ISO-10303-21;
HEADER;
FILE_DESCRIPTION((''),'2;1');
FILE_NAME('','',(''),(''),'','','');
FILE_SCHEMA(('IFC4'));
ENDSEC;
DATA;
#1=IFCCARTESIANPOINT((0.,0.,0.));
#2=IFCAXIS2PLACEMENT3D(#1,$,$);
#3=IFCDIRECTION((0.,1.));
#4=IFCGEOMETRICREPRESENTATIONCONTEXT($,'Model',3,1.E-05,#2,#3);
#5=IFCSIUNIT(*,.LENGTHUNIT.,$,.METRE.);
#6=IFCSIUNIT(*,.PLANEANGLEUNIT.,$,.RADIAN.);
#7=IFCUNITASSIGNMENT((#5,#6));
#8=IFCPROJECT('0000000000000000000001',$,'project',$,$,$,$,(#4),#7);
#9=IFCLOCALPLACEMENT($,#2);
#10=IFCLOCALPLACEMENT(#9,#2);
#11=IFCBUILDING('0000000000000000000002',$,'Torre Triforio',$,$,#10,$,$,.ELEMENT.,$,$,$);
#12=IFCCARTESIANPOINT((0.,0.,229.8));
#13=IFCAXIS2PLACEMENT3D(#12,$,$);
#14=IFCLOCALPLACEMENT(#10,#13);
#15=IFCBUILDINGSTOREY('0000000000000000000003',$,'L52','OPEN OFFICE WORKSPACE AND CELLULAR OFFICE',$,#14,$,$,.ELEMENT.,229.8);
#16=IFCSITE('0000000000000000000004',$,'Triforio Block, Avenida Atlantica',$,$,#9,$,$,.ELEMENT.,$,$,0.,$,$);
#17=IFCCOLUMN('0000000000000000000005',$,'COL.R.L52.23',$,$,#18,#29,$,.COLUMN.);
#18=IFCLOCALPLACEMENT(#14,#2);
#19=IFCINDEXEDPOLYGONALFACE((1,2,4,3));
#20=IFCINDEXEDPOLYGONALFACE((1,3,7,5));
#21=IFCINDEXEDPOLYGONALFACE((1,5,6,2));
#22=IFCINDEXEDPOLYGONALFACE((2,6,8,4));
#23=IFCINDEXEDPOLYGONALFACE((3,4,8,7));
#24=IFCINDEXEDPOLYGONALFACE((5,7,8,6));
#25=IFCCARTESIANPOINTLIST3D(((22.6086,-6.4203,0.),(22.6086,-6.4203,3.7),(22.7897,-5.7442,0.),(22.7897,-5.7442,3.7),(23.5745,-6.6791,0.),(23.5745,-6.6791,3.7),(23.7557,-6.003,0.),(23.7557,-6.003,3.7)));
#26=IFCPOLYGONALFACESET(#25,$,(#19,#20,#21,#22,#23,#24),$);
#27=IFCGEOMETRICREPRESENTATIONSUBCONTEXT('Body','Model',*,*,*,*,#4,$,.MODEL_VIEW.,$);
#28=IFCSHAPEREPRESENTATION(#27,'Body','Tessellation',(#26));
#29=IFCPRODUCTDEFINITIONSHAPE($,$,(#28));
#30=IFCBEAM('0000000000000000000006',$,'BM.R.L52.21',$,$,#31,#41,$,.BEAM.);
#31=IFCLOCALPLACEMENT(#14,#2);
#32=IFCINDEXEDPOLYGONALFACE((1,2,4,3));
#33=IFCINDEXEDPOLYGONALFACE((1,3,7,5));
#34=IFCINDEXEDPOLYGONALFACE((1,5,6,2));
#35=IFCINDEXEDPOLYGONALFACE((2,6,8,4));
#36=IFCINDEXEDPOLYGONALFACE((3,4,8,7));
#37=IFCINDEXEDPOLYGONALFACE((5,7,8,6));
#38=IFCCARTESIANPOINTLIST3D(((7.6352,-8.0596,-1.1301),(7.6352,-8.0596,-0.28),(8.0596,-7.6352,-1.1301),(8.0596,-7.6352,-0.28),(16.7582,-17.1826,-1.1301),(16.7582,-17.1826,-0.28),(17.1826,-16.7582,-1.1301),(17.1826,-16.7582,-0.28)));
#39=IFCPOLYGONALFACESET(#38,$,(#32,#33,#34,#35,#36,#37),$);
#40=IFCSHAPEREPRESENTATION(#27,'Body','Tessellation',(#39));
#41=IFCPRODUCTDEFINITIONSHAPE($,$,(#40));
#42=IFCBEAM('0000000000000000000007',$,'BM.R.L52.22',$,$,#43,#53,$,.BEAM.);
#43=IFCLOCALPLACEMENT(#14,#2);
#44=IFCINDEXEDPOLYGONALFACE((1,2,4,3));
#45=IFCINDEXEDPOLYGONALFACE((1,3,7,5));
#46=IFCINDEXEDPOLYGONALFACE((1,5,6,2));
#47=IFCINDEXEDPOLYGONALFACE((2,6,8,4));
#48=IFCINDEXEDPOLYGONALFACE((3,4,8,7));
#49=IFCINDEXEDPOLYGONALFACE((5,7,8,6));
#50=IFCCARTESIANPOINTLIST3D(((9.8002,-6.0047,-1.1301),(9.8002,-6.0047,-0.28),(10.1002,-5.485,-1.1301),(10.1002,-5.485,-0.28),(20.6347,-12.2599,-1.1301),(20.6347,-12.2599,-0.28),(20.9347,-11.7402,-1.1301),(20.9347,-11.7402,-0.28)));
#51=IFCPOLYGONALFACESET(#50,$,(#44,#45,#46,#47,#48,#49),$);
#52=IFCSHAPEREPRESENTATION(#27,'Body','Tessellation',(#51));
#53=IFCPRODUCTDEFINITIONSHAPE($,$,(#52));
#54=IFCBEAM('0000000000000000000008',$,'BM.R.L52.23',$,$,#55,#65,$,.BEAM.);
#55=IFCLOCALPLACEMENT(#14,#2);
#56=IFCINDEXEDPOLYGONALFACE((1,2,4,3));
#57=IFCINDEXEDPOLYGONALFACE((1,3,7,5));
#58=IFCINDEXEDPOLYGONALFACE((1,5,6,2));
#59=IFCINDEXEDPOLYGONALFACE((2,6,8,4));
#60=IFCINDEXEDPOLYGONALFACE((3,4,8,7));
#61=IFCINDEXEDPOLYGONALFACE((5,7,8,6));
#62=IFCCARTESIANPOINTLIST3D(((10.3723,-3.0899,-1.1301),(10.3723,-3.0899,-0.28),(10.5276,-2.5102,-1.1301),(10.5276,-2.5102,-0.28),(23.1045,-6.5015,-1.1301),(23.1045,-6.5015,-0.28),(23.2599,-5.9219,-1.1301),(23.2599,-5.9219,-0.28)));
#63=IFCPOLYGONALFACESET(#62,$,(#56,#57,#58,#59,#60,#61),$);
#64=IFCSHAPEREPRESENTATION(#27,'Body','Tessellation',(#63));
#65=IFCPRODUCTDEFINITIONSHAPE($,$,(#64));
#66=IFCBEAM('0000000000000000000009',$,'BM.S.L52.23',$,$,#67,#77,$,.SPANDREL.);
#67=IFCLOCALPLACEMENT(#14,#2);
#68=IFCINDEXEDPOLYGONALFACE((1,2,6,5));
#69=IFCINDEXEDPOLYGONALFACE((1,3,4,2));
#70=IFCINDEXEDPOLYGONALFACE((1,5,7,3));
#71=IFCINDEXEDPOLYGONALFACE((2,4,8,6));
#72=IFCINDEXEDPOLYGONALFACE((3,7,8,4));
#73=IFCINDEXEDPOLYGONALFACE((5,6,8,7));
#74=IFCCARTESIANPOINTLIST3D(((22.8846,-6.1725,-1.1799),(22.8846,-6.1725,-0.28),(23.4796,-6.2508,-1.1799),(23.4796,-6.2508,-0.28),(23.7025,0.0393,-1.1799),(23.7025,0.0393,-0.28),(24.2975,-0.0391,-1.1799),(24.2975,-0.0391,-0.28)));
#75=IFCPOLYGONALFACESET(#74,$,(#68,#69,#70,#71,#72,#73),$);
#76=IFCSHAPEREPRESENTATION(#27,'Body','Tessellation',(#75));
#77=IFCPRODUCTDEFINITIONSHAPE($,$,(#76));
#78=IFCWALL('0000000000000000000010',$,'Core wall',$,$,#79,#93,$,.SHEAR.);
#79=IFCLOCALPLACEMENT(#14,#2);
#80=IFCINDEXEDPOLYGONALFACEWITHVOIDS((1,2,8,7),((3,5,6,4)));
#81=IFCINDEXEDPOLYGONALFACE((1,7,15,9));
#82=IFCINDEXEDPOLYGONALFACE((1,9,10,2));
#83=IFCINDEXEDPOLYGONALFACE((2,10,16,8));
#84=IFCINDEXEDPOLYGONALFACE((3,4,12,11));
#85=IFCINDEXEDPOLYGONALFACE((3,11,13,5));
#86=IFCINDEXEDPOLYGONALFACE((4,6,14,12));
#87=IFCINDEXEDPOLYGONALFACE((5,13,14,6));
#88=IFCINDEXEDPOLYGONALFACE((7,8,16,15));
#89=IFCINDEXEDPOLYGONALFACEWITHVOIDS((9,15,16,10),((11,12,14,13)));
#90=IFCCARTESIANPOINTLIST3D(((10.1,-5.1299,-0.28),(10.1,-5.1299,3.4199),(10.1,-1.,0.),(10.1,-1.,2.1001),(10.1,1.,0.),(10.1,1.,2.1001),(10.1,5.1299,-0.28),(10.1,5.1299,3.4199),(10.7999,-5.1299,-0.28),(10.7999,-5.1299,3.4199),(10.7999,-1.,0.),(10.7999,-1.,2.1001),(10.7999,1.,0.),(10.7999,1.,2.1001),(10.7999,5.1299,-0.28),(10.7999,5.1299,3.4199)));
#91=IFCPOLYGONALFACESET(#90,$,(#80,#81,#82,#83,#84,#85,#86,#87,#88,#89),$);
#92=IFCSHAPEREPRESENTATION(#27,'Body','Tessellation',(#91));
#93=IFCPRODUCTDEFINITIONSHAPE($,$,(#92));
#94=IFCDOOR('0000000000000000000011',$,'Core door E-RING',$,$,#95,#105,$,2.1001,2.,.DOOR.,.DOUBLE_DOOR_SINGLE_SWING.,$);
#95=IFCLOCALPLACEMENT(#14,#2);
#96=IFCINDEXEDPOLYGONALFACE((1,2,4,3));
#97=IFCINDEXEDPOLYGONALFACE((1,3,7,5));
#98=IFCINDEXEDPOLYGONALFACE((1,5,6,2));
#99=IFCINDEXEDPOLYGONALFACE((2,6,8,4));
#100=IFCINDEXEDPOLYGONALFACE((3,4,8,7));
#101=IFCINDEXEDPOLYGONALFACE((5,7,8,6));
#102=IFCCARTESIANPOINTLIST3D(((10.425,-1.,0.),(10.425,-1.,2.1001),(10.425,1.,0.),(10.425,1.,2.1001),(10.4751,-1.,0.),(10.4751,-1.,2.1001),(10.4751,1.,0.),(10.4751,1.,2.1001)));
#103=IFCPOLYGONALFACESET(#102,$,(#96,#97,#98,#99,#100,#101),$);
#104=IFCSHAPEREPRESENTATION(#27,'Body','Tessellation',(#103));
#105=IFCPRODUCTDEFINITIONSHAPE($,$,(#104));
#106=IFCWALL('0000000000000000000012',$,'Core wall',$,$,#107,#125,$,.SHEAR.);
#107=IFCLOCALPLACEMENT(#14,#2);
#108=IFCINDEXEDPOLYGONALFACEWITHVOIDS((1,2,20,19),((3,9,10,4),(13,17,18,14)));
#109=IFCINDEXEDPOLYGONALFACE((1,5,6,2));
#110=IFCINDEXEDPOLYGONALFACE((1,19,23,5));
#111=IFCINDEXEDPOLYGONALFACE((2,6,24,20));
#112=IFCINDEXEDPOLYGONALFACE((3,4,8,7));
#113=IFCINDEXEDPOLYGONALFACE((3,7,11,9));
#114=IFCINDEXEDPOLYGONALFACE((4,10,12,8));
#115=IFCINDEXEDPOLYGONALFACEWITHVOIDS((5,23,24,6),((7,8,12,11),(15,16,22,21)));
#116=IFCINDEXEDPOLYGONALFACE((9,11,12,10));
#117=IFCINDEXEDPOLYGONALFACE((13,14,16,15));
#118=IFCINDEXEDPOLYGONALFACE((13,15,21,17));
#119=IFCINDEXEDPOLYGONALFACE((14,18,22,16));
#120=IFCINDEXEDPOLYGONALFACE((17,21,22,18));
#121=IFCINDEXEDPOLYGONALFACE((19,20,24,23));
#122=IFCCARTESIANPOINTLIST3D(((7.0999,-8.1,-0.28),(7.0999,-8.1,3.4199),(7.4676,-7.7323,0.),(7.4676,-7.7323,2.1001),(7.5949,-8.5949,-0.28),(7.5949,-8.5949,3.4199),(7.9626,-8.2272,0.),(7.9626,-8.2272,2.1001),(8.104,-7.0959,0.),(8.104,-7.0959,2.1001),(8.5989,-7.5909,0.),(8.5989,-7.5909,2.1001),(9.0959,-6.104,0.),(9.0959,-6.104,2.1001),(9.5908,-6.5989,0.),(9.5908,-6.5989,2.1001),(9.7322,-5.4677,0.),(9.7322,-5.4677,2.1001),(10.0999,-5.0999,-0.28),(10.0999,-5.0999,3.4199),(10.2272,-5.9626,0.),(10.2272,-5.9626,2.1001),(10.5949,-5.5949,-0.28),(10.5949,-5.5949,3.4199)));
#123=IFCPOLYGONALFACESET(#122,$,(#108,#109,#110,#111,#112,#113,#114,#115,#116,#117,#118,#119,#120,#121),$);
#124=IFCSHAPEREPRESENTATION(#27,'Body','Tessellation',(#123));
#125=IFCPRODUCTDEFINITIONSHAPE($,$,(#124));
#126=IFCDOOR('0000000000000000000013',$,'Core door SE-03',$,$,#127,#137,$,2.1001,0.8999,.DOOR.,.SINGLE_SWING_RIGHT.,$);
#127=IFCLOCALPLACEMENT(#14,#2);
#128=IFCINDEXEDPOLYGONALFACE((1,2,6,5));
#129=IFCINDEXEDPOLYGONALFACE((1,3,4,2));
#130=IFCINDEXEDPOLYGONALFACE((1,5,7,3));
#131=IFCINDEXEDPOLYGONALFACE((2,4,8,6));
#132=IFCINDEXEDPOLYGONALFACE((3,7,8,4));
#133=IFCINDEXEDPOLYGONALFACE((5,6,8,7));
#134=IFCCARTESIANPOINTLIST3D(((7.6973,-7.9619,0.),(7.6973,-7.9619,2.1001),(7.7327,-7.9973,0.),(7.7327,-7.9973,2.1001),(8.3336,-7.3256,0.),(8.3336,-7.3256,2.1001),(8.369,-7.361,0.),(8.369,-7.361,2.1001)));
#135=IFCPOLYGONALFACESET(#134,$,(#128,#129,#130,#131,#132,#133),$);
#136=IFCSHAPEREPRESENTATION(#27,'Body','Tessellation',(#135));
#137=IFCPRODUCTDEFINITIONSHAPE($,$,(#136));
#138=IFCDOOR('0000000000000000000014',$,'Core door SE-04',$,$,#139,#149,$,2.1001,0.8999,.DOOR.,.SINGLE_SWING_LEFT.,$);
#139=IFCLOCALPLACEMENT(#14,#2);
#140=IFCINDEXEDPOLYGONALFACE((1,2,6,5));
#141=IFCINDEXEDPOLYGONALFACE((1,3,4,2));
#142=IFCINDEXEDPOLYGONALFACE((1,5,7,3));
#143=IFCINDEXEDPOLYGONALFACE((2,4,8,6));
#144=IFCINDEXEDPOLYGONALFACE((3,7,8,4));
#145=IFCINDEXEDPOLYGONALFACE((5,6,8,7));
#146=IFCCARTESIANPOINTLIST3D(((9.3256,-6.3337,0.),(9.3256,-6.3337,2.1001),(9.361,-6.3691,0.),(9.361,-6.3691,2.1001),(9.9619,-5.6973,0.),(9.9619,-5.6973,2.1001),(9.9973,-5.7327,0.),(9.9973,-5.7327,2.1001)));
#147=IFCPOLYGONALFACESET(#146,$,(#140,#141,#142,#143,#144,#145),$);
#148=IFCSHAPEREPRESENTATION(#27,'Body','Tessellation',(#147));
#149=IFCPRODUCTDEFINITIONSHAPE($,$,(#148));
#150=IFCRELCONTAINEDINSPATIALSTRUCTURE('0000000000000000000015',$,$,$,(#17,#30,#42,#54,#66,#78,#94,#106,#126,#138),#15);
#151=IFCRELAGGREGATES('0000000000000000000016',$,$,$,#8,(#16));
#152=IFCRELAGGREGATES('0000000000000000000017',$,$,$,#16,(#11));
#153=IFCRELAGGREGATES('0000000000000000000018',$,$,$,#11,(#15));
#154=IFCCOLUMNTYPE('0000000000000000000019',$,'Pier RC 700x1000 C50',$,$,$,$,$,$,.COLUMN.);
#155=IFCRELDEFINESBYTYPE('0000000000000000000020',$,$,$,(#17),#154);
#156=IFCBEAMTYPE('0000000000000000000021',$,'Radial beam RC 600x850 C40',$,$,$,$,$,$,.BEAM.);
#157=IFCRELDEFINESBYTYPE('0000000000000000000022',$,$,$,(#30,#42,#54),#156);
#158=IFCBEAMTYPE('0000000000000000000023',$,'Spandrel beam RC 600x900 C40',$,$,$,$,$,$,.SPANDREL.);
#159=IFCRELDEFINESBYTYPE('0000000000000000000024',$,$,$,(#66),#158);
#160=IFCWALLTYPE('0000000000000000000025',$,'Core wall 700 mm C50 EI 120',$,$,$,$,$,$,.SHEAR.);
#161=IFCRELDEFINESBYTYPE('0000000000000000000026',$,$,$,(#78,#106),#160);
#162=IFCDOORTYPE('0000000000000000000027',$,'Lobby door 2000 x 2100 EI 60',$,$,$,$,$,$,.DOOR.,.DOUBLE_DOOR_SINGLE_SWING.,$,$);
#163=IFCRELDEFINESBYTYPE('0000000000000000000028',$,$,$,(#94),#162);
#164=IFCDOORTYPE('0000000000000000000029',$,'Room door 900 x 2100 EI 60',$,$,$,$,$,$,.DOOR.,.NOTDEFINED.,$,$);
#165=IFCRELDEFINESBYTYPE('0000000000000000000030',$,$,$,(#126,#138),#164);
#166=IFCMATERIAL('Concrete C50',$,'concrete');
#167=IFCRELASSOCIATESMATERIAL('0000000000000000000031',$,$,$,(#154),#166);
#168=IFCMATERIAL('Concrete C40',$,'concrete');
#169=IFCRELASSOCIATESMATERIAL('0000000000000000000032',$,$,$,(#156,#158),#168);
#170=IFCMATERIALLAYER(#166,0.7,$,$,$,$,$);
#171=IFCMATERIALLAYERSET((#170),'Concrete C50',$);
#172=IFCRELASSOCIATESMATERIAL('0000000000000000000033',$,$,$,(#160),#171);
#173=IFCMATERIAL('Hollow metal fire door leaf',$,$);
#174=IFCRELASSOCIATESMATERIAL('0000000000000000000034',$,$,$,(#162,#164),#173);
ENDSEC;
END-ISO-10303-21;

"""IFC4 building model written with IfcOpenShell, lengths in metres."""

from ifc_helpers import new_model, si_unit, direction, frame, frame_2d, origin, origin_2d, place, context, subcontext, project, spatial, rectangle, extrude, material, layer, layer_set, material_profile, profile_set, type_object, element, fill, save


model = new_model("IFC4")

# Units and contexts
model_context = context("Model", 3, precision=1e-05, world=origin(), true_north=direction((0.0, 1.0)))
body_context = subcontext(model_context, "Body", "Model", "MODEL_VIEW")
ifc_project = project(units=[si_unit("LENGTHUNIT", "METRE"), si_unit("PLANEANGLEUNIT", "RADIAN")], contexts=[model_context])

# Site, building, storey
site_placement = place(None, origin())
site = spatial("IfcSite", under=ifc_project, at=site_placement, Name="Triforio Block, Avenida Atlantica", CompositionType="ELEMENT", RefElevation=0.0)
building_placement = place(site_placement, origin())
building = spatial("IfcBuilding", under=site, at=building_placement, Name="Torre Triforio", CompositionType="ELEMENT")
storey_placement = place(building_placement, frame((0.0, 0.0, 229.8)))
storey = spatial("IfcBuildingStorey", under=building, at=storey_placement, Name="L52", Description="OPEN OFFICE WORKSPACE AND CELLULAR OFFICE", CompositionType="ELEMENT", Elevation=229.8)

# Column
ifc_material_1 = material(Name="Concrete C50", Category="concrete")
ifc_material_profile_1 = material_profile(ifc_material_1, rectangle(XDim=0.7, YDim=1.0, at=origin_2d()), Name="RC 700x1000")
ifc_profile_set_1 = profile_set([ifc_material_profile_1], Name="Concrete C50")
column_type = type_object("IfcColumnType", Name="Pier RC 700x1000 C50", PredefinedType="COLUMN", material=ifc_profile_set_1)
column_placement = place(storey_placement, frame((23.1821, -6.2117, 0.0), z_axis=(0.0, 0.0, 1.0), x_axis=(0.258819, 0.965926, 0.0)))
element("IfcColumn", 1, at=column_placement, inside=storey, type_object=column_type, Name="COL.R.L52.23", PredefinedType="COLUMN", context=body_context, shape_type="SweptSolid", body=[
    extrude(rectangle(XDim=0.7, YDim=1.0, at=origin_2d()), origin(), (0.0, 0.0, 1.0), 3.7),
])

# Beams
ifc_material_2 = material(Name="Concrete C40", Category="concrete")
ifc_material_profile_2 = material_profile(ifc_material_2, rectangle(XDim=0.6001, YDim=0.8501, at=origin_2d()), Name="RC 600x850")
ifc_profile_set_2 = profile_set([ifc_material_profile_2], Name="Concrete C40")
beam_type_1 = type_object("IfcBeamType", Name="Radial beam RC 600x850 C40", PredefinedType="BEAM", material=ifc_profile_set_2)
beam_1_placement = place(storey_placement, frame((7.8474, -7.8474, -0.7051), z_axis=(0.707107, -0.707107, 0.0), x_axis=(0.707107, 0.707107, 0.0)))
element("IfcBeam", 2, at=beam_1_placement, inside=storey, type_object=beam_type_1, Name="BM.R.L52.21", PredefinedType="BEAM", context=body_context, shape_type="SweptSolid", body=[
    extrude(rectangle(XDim=0.6001, YDim=0.8501, at=origin_2d()), origin(), (0.0, 0.0, 1.0), 12.9019),
])
beam_2_placement = place(storey_placement, frame((9.9502, -5.7449, -0.7051), z_axis=(0.866031, -0.49999, 0.0), x_axis=(0.49999, 0.866031, 0.0)))
element("IfcBeam", 3, at=beam_2_placement, inside=storey, type_object=beam_type_1, Name="BM.R.L52.22", PredefinedType="BEAM", context=body_context, shape_type="SweptSolid", body=[
    extrude(rectangle(XDim=0.6001, YDim=0.8501, at=origin_2d()), origin(), (0.0, 0.0, 1.0), 12.5105),
])
beam_3_placement = place(storey_placement, frame((10.45, -2.8, -0.7051), z_axis=(0.965925, -0.258822, 0.0), x_axis=(0.258822, 0.965925, 0.0)))
element("IfcBeam", 4, at=beam_3_placement, inside=storey, type_object=beam_type_1, Name="BM.R.L52.23", PredefinedType="BEAM", context=body_context, shape_type="SweptSolid", body=[
    extrude(rectangle(XDim=0.6001, YDim=0.8501, at=origin_2d()), origin(), (0.0, 0.0, 1.0), 13.1814),
])
ifc_material_profile_3 = material_profile(ifc_material_2, rectangle(XDim=0.6001, YDim=0.8999, at=origin_2d()), Name="RC 600x900")
ifc_profile_set_3 = profile_set([ifc_material_profile_3], Name="Concrete C40")
beam_type_2 = type_object("IfcBeamType", Name="Spandrel beam RC 600x900 C40", PredefinedType="SPANDREL", material=ifc_profile_set_3)
beam_4_placement = place(storey_placement, frame((23.1821, -6.2117, -0.73), z_axis=(0.13054, 0.991443, 0.0), x_axis=(-0.991443, 0.13054, 0.0)))
element("IfcBeam", 5, at=beam_4_placement, inside=storey, type_object=beam_type_2, Name="BM.S.L52.23", PredefinedType="SPANDREL", context=body_context, shape_type="SweptSolid", body=[
    extrude(rectangle(XDim=0.6001, YDim=0.8999, at=origin_2d()), origin(), (0.0, 0.0, 1.0), 6.2654),
])

# Wall, opening, door
ifc_layer_1 = layer(ifc_material_1, 0.7)
ifc_layer_set_1 = layer_set([ifc_layer_1], Name="Concrete C50")
wall_type_1 = type_object("IfcWallType", Name="Core wall 700 mm C50 EI 120", PredefinedType="SHEAR", material=ifc_layer_set_1)
wall_1_placement = place(storey_placement, frame((10.45, -5.1299, -0.28), z_axis=(0.0, 0.0, 1.0), x_axis=(0.0, 1.0, 0.0)))
wall_1 = element("IfcWall", 6, at=wall_1_placement, inside=storey, type_object=wall_type_1, Name="Core wall", PredefinedType="SHEAR", context=body_context, shape_type="SweptSolid", body=[
    extrude(rectangle(XDim=10.2598, YDim=0.7, at=frame_2d((5.1299, 0.0))), origin(), (0.0, 0.0, 1.0), 3.7),
])
opening_1_placement = place(wall_1_placement, frame((4.1299, 0.0, 0.28)))
opening_1 = element("IfcOpeningElement", 7, at=opening_1_placement, cuts=wall_1, PredefinedType="OPENING", context=body_context, shape_type="SweptSolid", body=[
    extrude(rectangle(XDim=2.0, YDim=2.1001, at=frame_2d((1.0, 1.05))), frame((0.0, 0.3599, 0.0), z_axis=(0.0, -1.0, 0.0), x_axis=(1.0, 0.0, 0.0)), (0.0, 0.0, 1.0), 0.72),
])
ifc_material_3 = material(Name="Hollow metal fire door leaf")
door_type_1 = type_object("IfcDoorType", Name="Lobby door 2000 x 2100 EI 60", OperationType="DOUBLE_DOOR_SINGLE_SWING", PredefinedType="DOOR", material=ifc_material_3)
door_1_placement = place(opening_1_placement, origin())
door_1 = element("IfcDoor", 8, at=door_1_placement, inside=storey, type_object=door_type_1, Name="Core door E-RING", OperationType="DOUBLE_DOOR_SINGLE_SWING", OverallHeight=2.1001, OverallWidth=2.0, PredefinedType="DOOR", context=body_context, shape_type="SweptSolid", body=[
    extrude(rectangle(XDim=2.0, YDim=2.1001, at=frame_2d((1.0, 1.05))), frame((0.0, 0.0249, 0.0), z_axis=(0.0, -1.0, 0.0), x_axis=(1.0, 0.0, 0.0)), (0.0, 0.0, 1.0), 0.05),
])
fill(opening_1, door_1)

# Wall, openings, doors
wall_2_placement = place(storey_placement, frame((10.3474, -5.3474, -0.28), z_axis=(0.0, 0.0, 1.0), x_axis=(-0.707107, -0.707107, 0.0)))
wall_2 = element("IfcWall", 9, at=wall_2_placement, inside=storey, type_object=wall_type_1, Name="Core wall", PredefinedType="SHEAR", context=body_context, shape_type="SweptSolid", body=[
    extrude(rectangle(XDim=4.2427, YDim=0.7, at=frame_2d((2.1213, 0.0))), origin(), (0.0, 0.0, 1.0), 3.7),
])
opening_2_placement = place(wall_2_placement, frame((2.8228, 0.0, 0.28)))
opening_2 = element("IfcOpeningElement", 10, at=opening_2_placement, cuts=wall_2, PredefinedType="OPENING", context=body_context, shape_type="SweptSolid", body=[
    extrude(rectangle(XDim=0.8999, YDim=2.1001, at=frame_2d((0.45, 1.05))), frame((0.0, 0.3599, 0.0), z_axis=(0.0, -1.0, 0.0), x_axis=(1.0, 0.0, 0.0)), (0.0, 0.0, 1.0), 0.72),
])
opening_3_placement = place(wall_2_placement, frame((0.52, 0.0, 0.28)))
opening_3 = element("IfcOpeningElement", 11, at=opening_3_placement, cuts=wall_2, PredefinedType="OPENING", context=body_context, shape_type="SweptSolid", body=[
    extrude(rectangle(XDim=0.8999, YDim=2.1001, at=frame_2d((0.45, 1.05))), frame((0.0, 0.3599, 0.0), z_axis=(0.0, -1.0, 0.0), x_axis=(1.0, 0.0, 0.0)), (0.0, 0.0, 1.0), 0.72),
])
door_type_2 = type_object("IfcDoorType", Name="Room door 900 x 2100 EI 60", OperationType="NOTDEFINED", PredefinedType="DOOR", material=ifc_material_3)
door_2_placement = place(opening_2_placement, origin())
door_2 = element("IfcDoor", 12, at=door_2_placement, inside=storey, type_object=door_type_2, Name="Core door SE-03", OperationType="SINGLE_SWING_RIGHT", OverallHeight=2.1001, OverallWidth=0.8999, PredefinedType="DOOR", context=body_context, shape_type="SweptSolid", body=[
    extrude(rectangle(XDim=0.8999, YDim=2.1001, at=frame_2d((0.45, 1.05))), frame((0.0, 0.0249, 0.0), z_axis=(0.0, -1.0, 0.0), x_axis=(1.0, 0.0, 0.0)), (0.0, 0.0, 1.0), 0.05),
])
fill(opening_2, door_2)
door_3_placement = place(opening_3_placement, origin())
door_3 = element("IfcDoor", 13, at=door_3_placement, inside=storey, type_object=door_type_2, Name="Core door SE-04", OperationType="SINGLE_SWING_LEFT", OverallHeight=2.1001, OverallWidth=0.8999, PredefinedType="DOOR", context=body_context, shape_type="SweptSolid", body=[
    extrude(rectangle(XDim=0.8999, YDim=2.1001, at=frame_2d((0.45, 1.05))), frame((0.0, 0.0249, 0.0), z_axis=(0.0, -1.0, 0.0), x_axis=(1.0, 0.0, 0.0)), (0.0, 0.0, 1.0), 0.05),
])
fill(opening_3, door_3)

save(model, "model.ifc")
